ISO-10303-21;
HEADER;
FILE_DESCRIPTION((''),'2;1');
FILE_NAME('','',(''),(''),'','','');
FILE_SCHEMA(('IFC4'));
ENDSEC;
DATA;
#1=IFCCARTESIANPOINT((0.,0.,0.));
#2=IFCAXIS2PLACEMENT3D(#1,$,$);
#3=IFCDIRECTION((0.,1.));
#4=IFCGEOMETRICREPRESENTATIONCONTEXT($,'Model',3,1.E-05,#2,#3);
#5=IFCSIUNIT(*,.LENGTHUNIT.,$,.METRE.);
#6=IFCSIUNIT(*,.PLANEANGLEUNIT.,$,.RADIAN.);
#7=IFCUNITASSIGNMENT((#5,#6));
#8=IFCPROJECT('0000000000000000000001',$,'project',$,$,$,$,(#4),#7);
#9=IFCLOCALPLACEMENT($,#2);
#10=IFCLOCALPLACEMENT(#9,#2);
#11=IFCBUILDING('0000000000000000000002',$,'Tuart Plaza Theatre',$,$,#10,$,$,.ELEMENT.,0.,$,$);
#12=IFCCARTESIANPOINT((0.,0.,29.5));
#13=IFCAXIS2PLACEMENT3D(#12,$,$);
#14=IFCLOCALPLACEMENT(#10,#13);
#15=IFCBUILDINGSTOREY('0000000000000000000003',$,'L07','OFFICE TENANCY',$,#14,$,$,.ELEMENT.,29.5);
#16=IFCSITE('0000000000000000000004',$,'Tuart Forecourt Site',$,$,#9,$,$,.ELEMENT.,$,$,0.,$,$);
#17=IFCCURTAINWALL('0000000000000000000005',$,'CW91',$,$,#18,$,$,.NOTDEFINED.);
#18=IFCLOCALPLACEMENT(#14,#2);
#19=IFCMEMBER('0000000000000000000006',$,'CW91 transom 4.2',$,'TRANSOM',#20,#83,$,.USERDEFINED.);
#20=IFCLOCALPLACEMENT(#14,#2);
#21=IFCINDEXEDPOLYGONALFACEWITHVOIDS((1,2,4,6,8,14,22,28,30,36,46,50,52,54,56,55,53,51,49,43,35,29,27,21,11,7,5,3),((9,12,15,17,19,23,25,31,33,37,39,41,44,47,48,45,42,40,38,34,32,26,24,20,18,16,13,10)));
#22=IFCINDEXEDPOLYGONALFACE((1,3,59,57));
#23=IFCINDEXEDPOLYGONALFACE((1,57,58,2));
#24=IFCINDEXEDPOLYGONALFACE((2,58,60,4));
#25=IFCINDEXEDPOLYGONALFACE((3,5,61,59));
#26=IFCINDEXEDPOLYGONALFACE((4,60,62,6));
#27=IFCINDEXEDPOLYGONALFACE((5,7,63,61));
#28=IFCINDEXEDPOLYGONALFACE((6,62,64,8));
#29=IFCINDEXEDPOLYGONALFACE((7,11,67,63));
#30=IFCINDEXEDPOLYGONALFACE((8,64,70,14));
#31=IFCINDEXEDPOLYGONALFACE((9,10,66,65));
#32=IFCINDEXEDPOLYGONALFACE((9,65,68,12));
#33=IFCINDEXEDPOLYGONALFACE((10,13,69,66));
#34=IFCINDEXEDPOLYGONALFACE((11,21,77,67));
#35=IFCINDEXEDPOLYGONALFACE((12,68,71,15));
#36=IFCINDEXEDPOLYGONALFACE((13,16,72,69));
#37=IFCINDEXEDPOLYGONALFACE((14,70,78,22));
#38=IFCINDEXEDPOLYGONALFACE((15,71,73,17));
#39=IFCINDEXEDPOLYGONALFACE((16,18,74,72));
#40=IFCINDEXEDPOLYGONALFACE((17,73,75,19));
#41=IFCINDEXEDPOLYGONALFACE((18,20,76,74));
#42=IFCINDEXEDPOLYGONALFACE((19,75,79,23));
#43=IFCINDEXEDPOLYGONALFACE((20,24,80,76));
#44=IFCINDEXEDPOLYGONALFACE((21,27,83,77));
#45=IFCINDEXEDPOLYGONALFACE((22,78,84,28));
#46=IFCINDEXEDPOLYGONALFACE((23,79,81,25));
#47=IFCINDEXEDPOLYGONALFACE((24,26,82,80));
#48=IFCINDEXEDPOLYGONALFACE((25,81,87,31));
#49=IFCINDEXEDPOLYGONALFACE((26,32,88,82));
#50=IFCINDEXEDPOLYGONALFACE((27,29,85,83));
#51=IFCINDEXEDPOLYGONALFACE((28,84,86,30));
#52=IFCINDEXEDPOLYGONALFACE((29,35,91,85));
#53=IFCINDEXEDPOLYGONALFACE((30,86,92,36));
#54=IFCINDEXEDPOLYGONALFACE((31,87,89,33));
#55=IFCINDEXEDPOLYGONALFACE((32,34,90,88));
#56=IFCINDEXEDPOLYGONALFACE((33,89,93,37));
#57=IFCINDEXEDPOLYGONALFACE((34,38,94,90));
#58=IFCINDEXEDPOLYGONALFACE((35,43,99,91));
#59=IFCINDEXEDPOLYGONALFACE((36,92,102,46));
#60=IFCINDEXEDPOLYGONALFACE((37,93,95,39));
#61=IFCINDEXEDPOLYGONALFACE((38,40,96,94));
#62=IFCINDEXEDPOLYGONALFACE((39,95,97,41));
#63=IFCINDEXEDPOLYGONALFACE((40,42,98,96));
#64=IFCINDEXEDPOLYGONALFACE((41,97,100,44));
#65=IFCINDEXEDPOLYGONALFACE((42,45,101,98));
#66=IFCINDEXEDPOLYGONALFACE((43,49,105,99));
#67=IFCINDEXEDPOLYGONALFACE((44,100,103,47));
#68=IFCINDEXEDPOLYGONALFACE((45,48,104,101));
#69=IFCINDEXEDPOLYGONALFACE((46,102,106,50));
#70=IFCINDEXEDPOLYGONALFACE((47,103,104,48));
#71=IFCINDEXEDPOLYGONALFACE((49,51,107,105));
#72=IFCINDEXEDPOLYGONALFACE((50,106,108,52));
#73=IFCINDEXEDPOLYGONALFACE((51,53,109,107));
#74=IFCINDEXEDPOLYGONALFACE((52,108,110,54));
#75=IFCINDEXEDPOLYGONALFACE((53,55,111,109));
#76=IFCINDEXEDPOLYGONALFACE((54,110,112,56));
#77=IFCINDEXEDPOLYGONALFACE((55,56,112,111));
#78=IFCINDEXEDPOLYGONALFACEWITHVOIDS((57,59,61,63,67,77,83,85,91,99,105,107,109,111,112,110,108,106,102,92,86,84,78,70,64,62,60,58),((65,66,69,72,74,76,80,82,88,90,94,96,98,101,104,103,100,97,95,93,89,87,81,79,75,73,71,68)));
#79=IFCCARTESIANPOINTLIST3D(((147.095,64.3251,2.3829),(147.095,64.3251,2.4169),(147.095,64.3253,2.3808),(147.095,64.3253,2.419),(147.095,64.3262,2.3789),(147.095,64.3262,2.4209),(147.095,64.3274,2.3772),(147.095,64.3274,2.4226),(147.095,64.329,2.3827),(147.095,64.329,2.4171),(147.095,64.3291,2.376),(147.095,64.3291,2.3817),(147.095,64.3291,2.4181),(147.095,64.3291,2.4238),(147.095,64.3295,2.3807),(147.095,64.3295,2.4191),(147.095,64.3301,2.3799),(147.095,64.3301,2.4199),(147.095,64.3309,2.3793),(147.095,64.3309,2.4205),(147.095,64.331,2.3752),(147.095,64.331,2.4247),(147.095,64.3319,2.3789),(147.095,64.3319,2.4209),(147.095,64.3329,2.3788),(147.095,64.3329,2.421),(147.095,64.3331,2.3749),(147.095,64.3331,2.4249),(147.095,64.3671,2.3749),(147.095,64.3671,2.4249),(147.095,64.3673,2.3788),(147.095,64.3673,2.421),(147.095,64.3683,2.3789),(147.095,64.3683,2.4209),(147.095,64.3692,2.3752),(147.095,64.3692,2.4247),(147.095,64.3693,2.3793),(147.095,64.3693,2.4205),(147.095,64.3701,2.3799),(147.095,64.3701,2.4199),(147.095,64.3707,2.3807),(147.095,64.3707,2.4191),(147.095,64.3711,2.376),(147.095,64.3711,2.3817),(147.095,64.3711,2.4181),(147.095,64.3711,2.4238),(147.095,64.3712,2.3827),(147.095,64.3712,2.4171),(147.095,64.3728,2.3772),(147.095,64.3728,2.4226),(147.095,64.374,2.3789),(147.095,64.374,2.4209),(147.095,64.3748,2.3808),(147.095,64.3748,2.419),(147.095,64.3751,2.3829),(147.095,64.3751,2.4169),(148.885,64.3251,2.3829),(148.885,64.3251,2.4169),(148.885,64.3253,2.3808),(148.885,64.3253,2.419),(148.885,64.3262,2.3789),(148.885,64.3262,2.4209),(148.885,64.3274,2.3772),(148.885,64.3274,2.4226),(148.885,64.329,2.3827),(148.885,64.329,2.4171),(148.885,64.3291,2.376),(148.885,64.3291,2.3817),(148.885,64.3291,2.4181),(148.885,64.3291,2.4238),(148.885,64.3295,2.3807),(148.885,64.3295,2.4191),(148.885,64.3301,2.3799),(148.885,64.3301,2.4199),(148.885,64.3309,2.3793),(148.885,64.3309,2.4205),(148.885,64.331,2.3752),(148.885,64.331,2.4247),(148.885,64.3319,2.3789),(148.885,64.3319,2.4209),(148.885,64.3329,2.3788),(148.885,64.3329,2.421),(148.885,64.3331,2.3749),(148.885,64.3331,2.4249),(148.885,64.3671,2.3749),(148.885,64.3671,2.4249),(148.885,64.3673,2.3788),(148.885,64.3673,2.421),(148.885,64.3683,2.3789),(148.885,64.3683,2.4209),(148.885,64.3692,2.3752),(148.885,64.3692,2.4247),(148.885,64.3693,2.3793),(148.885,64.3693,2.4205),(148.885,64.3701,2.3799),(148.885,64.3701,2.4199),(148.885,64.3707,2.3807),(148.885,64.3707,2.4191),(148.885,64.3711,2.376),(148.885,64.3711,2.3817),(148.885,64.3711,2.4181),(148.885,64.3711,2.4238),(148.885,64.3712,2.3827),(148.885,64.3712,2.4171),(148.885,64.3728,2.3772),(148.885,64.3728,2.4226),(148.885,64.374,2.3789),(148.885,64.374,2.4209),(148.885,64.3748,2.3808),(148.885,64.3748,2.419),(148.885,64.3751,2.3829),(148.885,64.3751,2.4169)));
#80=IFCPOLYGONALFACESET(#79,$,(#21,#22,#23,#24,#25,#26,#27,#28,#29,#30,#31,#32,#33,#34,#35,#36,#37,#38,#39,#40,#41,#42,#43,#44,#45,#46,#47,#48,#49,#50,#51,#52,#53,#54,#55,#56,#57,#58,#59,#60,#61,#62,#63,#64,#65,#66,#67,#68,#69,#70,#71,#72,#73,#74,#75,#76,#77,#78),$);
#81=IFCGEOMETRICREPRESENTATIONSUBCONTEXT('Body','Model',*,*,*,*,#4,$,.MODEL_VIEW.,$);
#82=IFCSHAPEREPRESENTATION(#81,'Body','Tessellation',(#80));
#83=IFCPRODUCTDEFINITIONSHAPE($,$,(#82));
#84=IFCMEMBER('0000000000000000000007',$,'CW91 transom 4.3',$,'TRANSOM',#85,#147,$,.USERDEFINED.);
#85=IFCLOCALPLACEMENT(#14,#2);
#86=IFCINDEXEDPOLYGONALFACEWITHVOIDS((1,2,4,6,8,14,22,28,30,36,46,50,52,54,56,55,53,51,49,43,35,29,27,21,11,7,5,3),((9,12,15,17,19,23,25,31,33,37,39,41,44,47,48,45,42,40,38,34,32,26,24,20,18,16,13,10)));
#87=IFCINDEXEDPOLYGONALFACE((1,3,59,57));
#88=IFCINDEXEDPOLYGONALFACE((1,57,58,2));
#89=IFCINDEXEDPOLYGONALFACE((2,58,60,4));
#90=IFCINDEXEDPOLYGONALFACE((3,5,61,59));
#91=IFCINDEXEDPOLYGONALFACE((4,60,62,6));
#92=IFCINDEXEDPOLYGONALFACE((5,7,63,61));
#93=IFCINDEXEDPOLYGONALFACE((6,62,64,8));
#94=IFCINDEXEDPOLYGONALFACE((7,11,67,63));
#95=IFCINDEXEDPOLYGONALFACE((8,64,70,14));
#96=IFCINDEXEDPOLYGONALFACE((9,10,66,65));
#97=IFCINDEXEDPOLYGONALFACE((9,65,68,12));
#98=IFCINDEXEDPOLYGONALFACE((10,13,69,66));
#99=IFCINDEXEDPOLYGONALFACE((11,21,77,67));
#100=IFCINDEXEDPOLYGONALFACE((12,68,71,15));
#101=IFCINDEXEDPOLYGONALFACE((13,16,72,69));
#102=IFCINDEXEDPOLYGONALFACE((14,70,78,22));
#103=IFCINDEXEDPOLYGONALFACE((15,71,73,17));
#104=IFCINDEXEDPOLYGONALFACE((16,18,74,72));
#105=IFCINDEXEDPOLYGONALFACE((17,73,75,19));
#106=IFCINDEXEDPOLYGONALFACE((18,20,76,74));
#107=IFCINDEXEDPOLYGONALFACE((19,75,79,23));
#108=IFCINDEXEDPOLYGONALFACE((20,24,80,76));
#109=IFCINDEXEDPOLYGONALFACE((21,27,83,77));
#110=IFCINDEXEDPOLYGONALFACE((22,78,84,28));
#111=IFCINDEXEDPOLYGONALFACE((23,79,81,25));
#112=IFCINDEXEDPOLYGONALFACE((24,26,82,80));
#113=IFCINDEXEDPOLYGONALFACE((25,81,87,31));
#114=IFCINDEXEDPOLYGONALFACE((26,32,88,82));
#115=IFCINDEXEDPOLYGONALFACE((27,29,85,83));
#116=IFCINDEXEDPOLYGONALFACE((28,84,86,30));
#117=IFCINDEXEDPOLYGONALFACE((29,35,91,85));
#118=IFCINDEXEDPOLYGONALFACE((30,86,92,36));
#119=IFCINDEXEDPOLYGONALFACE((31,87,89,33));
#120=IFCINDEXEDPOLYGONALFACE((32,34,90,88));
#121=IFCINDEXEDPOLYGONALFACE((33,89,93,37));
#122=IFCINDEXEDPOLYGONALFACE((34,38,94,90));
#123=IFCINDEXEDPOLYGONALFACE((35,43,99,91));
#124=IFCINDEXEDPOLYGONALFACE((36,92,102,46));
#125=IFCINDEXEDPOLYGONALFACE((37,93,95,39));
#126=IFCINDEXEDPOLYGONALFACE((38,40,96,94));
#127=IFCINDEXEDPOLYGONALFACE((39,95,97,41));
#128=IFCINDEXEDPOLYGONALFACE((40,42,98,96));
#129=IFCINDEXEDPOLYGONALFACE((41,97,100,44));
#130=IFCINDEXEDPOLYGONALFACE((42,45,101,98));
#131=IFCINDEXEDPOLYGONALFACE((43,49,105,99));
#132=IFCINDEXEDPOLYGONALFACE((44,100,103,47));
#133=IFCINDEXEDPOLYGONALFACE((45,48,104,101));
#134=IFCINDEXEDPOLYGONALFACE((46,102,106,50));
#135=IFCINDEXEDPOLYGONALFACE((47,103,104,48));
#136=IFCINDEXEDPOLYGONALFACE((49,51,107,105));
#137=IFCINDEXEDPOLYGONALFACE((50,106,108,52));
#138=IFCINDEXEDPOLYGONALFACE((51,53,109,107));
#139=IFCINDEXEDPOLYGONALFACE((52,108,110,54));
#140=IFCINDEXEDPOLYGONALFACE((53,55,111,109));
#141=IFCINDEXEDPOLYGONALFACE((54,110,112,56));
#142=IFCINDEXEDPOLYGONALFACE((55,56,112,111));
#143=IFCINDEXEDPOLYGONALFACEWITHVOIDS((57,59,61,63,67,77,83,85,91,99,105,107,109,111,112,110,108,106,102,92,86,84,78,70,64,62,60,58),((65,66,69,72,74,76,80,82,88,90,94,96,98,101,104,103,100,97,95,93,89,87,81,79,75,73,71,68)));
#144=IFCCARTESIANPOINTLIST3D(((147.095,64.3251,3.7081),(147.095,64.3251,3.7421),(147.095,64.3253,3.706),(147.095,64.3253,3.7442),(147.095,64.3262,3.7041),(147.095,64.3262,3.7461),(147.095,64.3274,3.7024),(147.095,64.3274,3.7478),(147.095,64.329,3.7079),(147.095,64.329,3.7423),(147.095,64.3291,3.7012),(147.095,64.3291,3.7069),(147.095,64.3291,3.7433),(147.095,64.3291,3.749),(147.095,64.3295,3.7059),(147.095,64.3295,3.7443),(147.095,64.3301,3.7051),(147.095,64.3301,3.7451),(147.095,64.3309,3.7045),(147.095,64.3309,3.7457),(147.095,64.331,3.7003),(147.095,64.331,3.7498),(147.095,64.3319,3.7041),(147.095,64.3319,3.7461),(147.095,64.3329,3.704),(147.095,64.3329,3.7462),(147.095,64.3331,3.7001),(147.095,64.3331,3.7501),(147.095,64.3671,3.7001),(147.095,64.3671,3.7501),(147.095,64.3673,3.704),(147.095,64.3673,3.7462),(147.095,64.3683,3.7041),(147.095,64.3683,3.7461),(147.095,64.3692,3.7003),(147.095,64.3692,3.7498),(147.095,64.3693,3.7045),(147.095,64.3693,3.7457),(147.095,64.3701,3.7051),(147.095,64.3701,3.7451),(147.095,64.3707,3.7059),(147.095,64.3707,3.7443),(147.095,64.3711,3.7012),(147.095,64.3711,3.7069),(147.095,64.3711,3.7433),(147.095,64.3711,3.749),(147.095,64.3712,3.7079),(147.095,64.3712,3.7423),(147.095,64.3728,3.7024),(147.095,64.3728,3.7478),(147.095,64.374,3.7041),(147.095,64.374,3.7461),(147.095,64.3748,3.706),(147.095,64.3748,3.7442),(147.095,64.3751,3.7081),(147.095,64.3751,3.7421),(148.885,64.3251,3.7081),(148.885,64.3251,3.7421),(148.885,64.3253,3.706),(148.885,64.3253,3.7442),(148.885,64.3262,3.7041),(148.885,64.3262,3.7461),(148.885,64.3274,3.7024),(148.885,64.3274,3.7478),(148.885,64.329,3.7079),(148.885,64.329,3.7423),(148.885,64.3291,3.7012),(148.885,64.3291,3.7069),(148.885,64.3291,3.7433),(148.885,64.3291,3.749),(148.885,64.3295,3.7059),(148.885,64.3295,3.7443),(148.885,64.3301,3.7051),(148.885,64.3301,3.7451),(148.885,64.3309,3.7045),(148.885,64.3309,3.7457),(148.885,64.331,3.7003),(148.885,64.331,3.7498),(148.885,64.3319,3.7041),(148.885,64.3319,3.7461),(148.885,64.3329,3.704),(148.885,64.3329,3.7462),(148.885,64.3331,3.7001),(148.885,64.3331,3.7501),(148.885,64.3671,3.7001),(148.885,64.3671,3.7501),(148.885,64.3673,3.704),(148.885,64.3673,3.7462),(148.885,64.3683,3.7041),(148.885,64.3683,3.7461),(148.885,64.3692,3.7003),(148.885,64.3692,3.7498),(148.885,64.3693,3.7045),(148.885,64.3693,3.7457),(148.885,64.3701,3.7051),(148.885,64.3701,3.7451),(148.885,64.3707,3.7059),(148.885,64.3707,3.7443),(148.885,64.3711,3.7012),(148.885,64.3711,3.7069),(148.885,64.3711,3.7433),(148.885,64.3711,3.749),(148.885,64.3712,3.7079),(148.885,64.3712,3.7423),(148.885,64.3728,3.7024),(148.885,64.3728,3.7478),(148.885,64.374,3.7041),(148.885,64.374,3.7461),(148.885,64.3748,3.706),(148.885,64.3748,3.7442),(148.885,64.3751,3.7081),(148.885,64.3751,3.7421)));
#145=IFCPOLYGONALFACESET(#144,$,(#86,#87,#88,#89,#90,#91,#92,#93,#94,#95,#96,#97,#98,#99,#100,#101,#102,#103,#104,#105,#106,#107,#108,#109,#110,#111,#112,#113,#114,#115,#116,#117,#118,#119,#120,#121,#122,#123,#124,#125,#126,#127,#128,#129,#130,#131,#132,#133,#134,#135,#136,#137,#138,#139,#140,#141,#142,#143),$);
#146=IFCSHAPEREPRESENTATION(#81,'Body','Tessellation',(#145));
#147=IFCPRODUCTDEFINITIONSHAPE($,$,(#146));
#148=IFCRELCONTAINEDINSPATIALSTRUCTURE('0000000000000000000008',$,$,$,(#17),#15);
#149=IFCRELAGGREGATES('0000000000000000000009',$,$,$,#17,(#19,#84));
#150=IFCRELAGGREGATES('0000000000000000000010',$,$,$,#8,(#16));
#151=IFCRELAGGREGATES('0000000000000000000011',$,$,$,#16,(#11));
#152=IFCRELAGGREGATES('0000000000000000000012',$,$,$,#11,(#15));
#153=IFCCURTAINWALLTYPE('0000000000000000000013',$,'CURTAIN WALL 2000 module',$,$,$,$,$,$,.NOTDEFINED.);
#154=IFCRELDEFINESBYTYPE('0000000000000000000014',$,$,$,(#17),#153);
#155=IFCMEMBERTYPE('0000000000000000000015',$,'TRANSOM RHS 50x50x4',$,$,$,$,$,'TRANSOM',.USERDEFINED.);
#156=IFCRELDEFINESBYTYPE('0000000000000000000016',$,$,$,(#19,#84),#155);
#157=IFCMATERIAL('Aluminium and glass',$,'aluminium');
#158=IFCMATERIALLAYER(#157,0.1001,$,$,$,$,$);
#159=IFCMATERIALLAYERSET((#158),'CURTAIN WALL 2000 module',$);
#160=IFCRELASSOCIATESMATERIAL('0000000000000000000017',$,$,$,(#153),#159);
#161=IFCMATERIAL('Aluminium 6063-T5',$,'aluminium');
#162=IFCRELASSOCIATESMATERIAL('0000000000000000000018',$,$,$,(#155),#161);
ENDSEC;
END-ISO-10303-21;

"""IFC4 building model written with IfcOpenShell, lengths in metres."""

from ifc_helpers import new_model, si_unit, direction, frame, origin, origin_2d, place, context, subcontext, project, spatial, hollow_rectangle, extrude, material, layer, layer_set, material_profile, profile_set, type_object, element, aggregate, save


model = new_model("IFC4")

# Units and contexts
model_context = context("Model", 3, precision=1e-05, world=origin(), true_north=direction((0.0, 1.0)))
body_context = subcontext(model_context, "Body", "Model", "MODEL_VIEW")
ifc_project = project(units=[si_unit("LENGTHUNIT", "METRE"), si_unit("PLANEANGLEUNIT", "RADIAN")], contexts=[model_context])

# Site, building, storey
site_placement = place(None, origin())
site = spatial("IfcSite", under=ifc_project, at=site_placement, Name="Tuart Forecourt Site", CompositionType="ELEMENT", RefElevation=0.0)
building_placement = place(site_placement, origin())
building = spatial("IfcBuilding", under=site, at=building_placement, Name="Tuart Plaza Theatre", CompositionType="ELEMENT", ElevationOfRefHeight=0.0)
storey_placement = place(building_placement, frame((0.0, 0.0, 29.5)))
storey = spatial("IfcBuildingStorey", under=building, at=storey_placement, Name="L07", Description="OFFICE TENANCY", CompositionType="ELEMENT", Elevation=29.5)

# Curtain wall
ifc_material_1 = material(Name="Aluminium and glass", Category="aluminium")
ifc_layer_1 = layer(ifc_material_1, 0.1001)
ifc_layer_set_1 = layer_set([ifc_layer_1], Name="CURTAIN WALL 2000 module")
curtain_wall_type = type_object("IfcCurtainWallType", Name="CURTAIN WALL 2000 module", PredefinedType="NOTDEFINED", material=ifc_layer_set_1)
curtain_wall_1_placement = place(storey_placement, origin())
curtain_wall_1 = element("IfcCurtainWall", 1, at=curtain_wall_1_placement, inside=storey, type_object=curtain_wall_type, Name="CW91", PredefinedType="NOTDEFINED")

# Members
ifc_material_2 = material(Name="Aluminium 6063-T5", Category="aluminium")
ifc_material_profile_1 = material_profile(ifc_material_2, hollow_rectangle(XDim=0.05, YDim=0.05, WallThickness=0.0039, InnerFilletRadius=0.0039, OuterFilletRadius=0.0081, at=origin_2d()), Name="RHS 50x50x4")
ifc_profile_set_1 = profile_set([ifc_material_profile_1], Name="Aluminium 6063-T5")
member_type_1 = type_object("IfcMemberType", Name="TRANSOM RHS 50x50x4", ElementType="TRANSOM", PredefinedType="USERDEFINED", material=ifc_profile_set_1)
member_1_placement = place(storey_placement, frame((147.095, 64.3501, 2.3999), z_axis=(1.0, 0.0, 0.0), x_axis=(0.0, 1.0, 0.0)))
member_1 = element("IfcMember", 2, at=member_1_placement, type_object=member_type_1, Name="CW91 transom 4.2", ObjectType="TRANSOM", PredefinedType="USERDEFINED", context=body_context, shape_type="SweptSolid", body=[
    extrude(hollow_rectangle(XDim=0.05, YDim=0.05, WallThickness=0.0039, InnerFilletRadius=0.0039, OuterFilletRadius=0.0081, at=origin_2d()), origin(), (0.0, 0.0, 1.0), 1.79),
])
member_2_placement = place(storey_placement, frame((147.095, 64.3501, 3.7251), z_axis=(1.0, 0.0, 0.0), x_axis=(0.0, 1.0, 0.0)))
member_2 = element("IfcMember", 3, at=member_2_placement, type_object=member_type_1, Name="CW91 transom 4.3", ObjectType="TRANSOM", PredefinedType="USERDEFINED", context=body_context, shape_type="SweptSolid", body=[
    extrude(hollow_rectangle(XDim=0.05, YDim=0.05, WallThickness=0.0039, InnerFilletRadius=0.0039, OuterFilletRadius=0.0081, at=origin_2d()), origin(), (0.0, 0.0, 1.0), 1.79),
])

aggregate(curtain_wall_1, [member_1, member_2])

save(model, "model.ifc")
